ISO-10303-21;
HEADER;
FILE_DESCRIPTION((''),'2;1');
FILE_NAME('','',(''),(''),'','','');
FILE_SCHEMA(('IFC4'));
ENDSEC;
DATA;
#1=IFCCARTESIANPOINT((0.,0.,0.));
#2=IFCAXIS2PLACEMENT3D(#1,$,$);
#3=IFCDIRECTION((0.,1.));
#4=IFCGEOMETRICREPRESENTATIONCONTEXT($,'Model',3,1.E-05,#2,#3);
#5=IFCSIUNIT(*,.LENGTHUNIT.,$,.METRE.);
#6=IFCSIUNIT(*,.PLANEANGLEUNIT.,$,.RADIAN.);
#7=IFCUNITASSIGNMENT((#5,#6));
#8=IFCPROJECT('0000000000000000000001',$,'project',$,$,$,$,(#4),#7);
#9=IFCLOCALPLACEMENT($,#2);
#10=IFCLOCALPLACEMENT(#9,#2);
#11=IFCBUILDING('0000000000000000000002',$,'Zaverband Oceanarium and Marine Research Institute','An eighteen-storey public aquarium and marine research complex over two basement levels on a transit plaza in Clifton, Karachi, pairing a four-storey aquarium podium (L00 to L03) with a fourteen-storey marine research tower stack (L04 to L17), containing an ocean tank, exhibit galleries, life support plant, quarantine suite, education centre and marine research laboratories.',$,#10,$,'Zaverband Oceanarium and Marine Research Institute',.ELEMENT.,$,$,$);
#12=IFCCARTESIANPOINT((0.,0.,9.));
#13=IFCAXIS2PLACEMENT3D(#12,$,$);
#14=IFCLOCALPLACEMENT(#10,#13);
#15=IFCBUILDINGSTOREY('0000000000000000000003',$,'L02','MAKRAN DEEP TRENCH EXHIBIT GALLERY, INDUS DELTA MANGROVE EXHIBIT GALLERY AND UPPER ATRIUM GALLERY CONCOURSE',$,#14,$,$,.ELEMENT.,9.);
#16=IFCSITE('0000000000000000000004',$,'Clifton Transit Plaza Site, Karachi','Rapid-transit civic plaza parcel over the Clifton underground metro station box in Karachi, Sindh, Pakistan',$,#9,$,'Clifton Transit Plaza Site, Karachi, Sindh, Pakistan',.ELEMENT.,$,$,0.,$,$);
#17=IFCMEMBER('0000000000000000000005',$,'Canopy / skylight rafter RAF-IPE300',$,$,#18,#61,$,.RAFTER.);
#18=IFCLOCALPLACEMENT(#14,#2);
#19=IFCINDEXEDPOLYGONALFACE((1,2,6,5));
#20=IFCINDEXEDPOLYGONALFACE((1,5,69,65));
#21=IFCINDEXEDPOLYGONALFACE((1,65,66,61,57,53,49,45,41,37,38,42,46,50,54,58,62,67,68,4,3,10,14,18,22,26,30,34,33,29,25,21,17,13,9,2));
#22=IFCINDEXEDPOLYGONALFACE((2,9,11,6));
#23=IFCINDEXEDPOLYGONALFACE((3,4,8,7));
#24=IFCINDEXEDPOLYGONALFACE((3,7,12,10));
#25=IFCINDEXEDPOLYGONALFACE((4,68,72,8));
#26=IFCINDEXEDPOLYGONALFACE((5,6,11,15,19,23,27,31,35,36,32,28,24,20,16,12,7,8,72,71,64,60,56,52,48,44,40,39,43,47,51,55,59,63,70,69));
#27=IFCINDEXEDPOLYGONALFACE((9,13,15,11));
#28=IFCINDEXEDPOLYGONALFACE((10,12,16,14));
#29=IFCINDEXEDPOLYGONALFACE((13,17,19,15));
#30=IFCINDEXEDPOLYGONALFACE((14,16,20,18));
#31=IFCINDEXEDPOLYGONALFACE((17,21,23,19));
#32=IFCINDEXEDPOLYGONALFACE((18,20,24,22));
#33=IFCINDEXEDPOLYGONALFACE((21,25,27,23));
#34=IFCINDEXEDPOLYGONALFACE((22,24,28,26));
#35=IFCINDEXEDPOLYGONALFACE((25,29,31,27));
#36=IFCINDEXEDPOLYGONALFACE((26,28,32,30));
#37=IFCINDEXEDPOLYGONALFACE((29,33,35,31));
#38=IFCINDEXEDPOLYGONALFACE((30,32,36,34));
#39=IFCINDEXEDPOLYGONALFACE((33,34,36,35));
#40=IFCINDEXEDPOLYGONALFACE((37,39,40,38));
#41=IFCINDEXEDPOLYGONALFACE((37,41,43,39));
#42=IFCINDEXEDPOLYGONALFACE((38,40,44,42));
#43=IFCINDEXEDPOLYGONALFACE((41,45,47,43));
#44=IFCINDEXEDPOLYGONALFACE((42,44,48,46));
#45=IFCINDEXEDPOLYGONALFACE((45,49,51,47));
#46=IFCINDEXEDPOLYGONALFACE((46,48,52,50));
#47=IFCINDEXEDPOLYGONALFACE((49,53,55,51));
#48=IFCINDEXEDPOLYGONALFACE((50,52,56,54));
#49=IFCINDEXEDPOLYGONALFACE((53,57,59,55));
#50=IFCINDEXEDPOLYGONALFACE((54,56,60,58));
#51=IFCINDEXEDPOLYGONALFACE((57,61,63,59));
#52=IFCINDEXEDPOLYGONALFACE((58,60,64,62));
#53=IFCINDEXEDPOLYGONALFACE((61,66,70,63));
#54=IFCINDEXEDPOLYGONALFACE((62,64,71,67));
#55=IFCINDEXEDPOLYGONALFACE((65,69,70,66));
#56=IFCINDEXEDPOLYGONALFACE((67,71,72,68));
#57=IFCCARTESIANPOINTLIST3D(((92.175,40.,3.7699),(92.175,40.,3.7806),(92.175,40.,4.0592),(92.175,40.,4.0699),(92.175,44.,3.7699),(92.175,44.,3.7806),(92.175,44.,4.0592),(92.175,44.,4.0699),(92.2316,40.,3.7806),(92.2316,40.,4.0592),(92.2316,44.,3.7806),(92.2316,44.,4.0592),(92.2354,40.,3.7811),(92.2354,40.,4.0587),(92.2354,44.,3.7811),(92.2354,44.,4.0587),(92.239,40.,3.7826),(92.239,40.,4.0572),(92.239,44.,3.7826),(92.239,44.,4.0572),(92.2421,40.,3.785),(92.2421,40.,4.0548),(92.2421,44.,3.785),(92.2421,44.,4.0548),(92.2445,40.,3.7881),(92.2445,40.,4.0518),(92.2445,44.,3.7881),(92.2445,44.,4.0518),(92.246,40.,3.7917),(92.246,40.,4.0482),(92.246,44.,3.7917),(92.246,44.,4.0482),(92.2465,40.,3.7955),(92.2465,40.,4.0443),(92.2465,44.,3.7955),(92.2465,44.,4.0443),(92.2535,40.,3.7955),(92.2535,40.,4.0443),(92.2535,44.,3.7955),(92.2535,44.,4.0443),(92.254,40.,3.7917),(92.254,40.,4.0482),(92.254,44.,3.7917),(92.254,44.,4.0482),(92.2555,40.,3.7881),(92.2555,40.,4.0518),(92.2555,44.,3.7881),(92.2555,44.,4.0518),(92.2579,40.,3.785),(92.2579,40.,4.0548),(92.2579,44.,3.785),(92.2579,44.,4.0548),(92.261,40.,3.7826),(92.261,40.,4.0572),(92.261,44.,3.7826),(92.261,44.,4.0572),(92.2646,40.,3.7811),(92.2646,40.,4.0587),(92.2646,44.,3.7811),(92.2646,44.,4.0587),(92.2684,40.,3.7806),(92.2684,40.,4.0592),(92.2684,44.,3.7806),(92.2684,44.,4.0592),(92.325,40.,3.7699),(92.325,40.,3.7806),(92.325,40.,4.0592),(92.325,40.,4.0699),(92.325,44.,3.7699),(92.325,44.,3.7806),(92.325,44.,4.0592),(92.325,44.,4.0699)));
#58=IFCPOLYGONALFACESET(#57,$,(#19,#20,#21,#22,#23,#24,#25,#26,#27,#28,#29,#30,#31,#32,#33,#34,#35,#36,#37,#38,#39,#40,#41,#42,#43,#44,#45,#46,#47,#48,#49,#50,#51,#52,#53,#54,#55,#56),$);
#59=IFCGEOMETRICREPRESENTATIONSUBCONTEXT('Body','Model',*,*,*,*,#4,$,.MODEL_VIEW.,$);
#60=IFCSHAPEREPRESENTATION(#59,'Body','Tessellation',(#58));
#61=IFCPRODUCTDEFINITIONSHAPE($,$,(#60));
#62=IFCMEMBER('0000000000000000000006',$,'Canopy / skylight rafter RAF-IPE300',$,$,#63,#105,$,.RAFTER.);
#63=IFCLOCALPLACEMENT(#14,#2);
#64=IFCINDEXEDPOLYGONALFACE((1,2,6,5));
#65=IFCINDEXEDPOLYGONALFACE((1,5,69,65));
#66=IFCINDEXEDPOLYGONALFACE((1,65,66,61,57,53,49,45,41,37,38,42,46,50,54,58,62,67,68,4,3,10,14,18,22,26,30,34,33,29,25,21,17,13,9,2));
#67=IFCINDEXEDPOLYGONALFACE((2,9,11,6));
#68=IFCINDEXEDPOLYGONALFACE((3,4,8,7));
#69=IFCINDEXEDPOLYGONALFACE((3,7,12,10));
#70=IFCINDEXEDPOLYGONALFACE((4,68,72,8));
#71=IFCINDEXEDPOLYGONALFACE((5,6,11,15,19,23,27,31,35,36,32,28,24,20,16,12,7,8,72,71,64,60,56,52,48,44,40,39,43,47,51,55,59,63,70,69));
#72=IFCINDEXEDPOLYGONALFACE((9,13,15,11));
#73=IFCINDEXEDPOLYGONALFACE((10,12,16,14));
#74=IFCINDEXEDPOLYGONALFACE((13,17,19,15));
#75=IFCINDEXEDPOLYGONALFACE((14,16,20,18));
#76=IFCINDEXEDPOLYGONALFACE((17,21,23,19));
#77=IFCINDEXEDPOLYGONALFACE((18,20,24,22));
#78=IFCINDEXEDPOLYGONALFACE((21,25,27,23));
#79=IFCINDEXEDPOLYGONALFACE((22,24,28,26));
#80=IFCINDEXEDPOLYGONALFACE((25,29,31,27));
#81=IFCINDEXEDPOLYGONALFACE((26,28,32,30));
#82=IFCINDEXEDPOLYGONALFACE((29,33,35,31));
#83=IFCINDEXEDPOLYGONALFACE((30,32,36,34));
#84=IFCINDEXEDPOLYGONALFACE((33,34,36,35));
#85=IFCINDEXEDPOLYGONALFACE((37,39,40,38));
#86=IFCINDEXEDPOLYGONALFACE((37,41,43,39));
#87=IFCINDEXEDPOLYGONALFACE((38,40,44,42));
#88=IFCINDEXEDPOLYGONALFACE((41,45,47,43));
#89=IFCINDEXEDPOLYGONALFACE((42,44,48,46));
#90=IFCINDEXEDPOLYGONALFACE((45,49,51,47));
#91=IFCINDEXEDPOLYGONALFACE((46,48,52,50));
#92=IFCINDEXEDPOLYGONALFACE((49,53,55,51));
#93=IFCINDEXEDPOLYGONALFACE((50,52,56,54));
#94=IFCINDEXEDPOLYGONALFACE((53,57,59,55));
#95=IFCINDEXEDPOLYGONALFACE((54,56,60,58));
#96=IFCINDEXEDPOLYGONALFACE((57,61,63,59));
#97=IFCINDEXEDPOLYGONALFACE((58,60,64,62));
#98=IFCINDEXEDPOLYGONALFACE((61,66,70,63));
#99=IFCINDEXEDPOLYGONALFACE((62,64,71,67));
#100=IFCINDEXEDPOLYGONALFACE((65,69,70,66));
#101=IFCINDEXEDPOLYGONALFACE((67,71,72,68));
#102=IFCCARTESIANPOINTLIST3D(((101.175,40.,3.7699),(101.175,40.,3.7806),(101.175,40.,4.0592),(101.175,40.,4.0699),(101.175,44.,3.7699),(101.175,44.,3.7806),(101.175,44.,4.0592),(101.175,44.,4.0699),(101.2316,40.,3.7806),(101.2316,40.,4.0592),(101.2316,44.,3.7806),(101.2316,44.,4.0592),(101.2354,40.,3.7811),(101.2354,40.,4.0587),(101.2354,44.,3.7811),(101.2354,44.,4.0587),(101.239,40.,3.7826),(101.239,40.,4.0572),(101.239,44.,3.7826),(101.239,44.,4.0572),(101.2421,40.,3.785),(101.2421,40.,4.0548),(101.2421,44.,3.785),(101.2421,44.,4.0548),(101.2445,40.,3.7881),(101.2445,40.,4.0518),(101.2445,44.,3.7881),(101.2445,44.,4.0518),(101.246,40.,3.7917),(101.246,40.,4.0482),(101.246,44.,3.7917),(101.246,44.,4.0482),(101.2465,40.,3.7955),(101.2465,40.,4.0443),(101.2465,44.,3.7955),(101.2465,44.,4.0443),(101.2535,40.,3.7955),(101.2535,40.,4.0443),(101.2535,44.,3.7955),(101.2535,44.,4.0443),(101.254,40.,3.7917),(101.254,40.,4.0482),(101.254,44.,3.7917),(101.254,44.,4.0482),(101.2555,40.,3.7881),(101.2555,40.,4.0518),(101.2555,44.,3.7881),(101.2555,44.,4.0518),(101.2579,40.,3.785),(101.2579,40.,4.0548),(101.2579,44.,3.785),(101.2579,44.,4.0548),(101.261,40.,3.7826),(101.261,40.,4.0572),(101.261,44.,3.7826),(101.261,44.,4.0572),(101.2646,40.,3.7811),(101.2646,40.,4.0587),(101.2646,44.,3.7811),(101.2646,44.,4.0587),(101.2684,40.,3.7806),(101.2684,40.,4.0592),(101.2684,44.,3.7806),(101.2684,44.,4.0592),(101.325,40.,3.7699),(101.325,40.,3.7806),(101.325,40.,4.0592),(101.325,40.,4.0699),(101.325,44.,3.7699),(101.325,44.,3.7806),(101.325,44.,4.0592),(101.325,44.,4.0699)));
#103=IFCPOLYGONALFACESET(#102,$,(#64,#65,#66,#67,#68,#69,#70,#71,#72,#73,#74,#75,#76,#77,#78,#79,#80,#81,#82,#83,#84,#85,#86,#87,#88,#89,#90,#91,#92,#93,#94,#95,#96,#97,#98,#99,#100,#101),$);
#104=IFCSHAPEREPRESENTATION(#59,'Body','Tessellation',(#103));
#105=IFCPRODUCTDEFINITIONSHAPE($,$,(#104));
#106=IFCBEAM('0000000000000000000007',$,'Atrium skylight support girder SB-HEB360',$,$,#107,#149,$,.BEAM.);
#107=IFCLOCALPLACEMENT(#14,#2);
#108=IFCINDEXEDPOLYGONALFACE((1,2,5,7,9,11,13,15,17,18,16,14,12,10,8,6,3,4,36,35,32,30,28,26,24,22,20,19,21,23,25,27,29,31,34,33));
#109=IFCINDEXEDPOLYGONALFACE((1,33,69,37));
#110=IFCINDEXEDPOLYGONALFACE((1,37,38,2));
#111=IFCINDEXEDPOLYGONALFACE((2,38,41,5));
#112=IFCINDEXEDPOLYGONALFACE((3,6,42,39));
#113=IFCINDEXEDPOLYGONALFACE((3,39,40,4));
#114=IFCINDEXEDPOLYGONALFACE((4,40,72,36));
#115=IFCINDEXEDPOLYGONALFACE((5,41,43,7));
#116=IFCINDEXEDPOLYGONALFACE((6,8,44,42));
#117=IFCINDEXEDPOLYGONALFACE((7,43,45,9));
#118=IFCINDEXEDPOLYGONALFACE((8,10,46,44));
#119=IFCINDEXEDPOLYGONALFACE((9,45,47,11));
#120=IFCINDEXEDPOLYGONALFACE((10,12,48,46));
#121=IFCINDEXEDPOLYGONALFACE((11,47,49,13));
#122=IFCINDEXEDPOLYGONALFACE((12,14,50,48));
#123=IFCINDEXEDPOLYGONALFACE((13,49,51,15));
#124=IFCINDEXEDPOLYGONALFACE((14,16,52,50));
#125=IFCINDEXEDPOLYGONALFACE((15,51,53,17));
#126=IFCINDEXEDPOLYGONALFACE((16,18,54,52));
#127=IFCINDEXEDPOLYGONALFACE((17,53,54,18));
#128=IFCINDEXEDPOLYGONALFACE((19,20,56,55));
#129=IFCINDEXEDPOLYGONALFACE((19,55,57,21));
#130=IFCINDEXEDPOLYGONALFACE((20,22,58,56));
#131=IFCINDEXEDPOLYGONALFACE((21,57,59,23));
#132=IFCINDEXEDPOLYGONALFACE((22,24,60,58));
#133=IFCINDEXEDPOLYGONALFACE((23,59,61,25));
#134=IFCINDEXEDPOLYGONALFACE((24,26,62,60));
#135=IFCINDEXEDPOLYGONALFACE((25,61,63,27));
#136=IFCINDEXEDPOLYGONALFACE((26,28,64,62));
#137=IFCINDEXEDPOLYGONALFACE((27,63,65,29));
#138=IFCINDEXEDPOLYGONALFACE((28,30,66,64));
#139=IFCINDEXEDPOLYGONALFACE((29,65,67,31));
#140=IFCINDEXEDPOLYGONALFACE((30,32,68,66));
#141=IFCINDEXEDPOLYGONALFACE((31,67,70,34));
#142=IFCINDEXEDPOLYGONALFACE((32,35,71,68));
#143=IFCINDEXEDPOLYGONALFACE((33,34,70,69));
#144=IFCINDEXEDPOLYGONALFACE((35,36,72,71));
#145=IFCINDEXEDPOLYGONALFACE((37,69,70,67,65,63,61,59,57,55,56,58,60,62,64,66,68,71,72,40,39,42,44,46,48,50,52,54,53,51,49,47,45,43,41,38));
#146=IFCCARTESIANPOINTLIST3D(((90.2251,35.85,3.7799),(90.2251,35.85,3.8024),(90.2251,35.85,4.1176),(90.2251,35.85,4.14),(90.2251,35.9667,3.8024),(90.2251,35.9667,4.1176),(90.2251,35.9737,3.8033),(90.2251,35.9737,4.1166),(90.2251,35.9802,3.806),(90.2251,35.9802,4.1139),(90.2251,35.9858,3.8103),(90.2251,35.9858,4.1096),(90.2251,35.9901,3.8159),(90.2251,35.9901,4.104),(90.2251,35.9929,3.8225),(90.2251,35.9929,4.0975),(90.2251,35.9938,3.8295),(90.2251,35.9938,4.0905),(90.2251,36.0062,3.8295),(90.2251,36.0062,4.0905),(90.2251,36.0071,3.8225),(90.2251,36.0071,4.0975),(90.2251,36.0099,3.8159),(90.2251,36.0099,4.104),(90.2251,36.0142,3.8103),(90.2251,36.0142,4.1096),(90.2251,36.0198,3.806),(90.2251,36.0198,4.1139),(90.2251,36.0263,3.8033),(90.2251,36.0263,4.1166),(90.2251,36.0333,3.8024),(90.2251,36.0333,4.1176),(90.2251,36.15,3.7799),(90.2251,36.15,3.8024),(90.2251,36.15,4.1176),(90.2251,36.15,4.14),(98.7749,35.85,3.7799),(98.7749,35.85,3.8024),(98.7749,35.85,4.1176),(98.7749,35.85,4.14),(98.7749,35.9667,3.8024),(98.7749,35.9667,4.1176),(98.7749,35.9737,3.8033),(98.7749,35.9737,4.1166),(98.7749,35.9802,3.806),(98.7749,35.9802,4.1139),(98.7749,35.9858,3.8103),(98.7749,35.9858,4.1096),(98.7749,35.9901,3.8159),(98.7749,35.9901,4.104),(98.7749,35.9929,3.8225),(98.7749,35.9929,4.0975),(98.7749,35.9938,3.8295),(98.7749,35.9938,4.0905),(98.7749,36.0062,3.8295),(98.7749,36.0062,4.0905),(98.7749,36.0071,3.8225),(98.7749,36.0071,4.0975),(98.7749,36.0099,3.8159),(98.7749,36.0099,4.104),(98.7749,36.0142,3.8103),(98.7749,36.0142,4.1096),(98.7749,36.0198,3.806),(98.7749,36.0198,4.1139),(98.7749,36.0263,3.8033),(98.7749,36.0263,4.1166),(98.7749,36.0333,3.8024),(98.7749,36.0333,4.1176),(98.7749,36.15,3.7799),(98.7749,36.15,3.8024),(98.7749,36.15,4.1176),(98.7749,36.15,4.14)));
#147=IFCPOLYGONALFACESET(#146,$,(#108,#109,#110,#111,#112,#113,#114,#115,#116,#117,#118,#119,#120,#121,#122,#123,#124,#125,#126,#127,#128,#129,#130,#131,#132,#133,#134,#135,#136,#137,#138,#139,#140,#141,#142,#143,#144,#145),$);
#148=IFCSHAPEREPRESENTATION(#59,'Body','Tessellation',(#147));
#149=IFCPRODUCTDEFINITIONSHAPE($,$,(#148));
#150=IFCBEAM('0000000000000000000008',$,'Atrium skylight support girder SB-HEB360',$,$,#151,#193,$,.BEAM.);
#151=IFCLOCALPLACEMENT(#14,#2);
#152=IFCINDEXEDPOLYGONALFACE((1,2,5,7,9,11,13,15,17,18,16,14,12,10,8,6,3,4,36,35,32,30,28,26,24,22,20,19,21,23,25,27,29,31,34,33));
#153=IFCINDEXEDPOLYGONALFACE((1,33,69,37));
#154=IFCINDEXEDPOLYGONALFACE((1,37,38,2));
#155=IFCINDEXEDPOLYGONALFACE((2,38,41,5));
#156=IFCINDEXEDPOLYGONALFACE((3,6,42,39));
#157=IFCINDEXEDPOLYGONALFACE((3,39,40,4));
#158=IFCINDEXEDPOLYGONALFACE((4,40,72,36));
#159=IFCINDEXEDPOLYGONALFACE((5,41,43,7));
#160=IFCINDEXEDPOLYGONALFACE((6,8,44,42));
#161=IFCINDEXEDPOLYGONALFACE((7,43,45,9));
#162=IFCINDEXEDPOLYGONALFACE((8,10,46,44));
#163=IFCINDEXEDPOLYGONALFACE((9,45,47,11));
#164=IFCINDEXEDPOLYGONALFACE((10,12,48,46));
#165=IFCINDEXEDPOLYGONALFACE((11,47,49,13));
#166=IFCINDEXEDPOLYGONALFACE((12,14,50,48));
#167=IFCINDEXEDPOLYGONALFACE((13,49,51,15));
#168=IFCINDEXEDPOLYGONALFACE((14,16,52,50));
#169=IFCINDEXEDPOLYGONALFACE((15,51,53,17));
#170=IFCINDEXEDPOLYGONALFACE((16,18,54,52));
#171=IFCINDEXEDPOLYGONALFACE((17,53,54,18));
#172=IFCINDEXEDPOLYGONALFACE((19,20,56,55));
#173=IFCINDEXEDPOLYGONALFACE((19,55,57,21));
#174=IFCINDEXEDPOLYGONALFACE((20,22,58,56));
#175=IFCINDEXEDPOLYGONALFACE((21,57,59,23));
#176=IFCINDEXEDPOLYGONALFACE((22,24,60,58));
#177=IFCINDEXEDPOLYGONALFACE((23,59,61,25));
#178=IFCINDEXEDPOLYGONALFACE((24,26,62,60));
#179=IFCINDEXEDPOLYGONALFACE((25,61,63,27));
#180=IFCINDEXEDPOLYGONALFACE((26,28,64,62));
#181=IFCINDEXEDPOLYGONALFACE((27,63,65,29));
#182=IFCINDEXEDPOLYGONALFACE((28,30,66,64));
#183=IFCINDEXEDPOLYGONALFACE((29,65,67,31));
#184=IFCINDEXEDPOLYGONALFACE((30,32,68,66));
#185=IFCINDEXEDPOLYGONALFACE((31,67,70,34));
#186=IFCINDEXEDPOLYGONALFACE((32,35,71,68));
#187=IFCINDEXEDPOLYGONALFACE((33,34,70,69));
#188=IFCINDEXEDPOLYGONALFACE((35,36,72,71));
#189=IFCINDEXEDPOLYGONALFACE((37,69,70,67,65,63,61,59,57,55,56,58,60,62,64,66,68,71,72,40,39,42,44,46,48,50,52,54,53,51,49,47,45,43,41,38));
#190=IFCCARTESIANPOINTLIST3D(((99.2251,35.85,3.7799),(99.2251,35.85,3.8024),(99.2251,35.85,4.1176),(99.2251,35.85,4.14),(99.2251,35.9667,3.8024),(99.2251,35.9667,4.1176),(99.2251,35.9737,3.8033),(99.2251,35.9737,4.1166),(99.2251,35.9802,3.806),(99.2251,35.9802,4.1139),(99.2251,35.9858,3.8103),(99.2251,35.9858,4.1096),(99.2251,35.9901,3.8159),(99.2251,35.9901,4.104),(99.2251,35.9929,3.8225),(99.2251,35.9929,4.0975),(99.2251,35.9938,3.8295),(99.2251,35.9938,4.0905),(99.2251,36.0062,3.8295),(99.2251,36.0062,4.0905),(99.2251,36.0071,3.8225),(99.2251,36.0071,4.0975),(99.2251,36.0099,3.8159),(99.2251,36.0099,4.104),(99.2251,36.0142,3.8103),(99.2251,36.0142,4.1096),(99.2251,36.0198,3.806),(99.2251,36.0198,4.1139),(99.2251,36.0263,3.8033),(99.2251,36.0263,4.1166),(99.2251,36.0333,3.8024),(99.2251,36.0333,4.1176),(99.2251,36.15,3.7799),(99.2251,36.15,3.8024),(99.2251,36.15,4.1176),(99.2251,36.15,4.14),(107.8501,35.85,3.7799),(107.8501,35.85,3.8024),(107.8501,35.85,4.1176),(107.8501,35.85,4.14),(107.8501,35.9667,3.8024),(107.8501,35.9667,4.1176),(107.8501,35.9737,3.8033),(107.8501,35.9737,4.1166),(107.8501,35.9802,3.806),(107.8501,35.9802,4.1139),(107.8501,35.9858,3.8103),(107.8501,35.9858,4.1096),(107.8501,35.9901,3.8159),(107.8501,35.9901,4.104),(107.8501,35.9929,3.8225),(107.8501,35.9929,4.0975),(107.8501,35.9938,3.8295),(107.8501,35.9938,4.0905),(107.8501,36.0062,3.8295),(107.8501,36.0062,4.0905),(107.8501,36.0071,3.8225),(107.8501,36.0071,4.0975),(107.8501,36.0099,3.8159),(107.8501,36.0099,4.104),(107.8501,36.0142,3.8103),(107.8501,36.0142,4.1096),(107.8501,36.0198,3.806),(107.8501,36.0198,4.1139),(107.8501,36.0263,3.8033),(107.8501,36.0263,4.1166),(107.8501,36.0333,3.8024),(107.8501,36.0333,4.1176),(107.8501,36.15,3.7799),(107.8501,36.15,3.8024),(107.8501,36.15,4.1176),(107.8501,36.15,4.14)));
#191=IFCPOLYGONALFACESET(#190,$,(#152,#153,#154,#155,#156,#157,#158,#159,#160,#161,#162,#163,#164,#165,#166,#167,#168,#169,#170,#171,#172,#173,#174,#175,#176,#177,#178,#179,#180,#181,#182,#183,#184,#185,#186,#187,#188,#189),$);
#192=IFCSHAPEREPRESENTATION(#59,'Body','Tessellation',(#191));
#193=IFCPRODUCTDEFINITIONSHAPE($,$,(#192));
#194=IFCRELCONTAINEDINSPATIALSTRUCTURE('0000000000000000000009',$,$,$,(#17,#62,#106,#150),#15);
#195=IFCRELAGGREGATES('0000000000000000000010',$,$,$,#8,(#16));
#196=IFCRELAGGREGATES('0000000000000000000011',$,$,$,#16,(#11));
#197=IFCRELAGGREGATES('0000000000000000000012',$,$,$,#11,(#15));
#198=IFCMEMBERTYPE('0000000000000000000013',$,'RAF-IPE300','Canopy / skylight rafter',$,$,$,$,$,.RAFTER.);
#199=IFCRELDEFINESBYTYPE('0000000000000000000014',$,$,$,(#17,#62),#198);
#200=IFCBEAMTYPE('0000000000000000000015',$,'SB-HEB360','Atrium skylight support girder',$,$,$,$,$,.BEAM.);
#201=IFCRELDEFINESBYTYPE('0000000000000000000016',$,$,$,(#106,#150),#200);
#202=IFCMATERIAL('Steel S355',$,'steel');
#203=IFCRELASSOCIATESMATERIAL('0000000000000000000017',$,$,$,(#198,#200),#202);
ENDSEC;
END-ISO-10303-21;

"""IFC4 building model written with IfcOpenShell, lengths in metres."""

from ifc_helpers import new_model, si_unit, direction, frame, origin, origin_2d, place, context, subcontext, project, spatial, i_section, extrude, material, material_profile, profile_set, type_object, element, save


model = new_model("IFC4")

# Units and contexts
model_context = context("Model", 3, precision=1e-05, world=origin(), true_north=direction((0.0, 1.0)))
body_context = subcontext(model_context, "Body", "Model", "MODEL_VIEW")
ifc_project = project(units=[si_unit("LENGTHUNIT", "METRE"), si_unit("PLANEANGLEUNIT", "RADIAN")], contexts=[model_context])

# Site, building, storey
site_placement = place(None, origin())
site = spatial("IfcSite", under=ifc_project, at=site_placement, Name="Clifton Transit Plaza Site, Karachi", Description="Rapid-transit civic plaza parcel over the Clifton underground metro station box in Karachi, Sindh, Pakistan", LongName="Clifton Transit Plaza Site, Karachi, Sindh, Pakistan", CompositionType="ELEMENT", RefElevation=0.0)
building_placement = place(site_placement, origin())
building = spatial("IfcBuilding", under=site, at=building_placement, Name="Zaverband Oceanarium and Marine Research Institute", Description="An eighteen-storey public aquarium and marine research complex over two basement levels on a transit plaza in Clifton, Karachi, pairing a four-storey aquarium podium (L00 to L03) with a fourteen-storey marine research tower stack (L04 to L17), containing an ocean tank, exhibit galleries, life support plant, quarantine suite, education centre and marine research laboratories.", LongName="Zaverband Oceanarium and Marine Research Institute", CompositionType="ELEMENT")
storey_placement = place(building_placement, frame((0.0, 0.0, 9.0)))
storey = spatial("IfcBuildingStorey", under=building, at=storey_placement, Name="L02", Description="MAKRAN DEEP TRENCH EXHIBIT GALLERY, INDUS DELTA MANGROVE EXHIBIT GALLERY AND UPPER ATRIUM GALLERY CONCOURSE", CompositionType="ELEMENT", Elevation=9.0)

# Members
ifc_material_1 = material(Name="Steel S355", Category="steel")
ifc_material_profile_1 = material_profile(ifc_material_1, i_section(OverallWidth=0.1499, OverallDepth=0.3, WebThickness=0.0071, FlangeThickness=0.0107, FilletRadius=0.0149, at=origin_2d()), Name="IPE300")
ifc_profile_set_1 = profile_set([ifc_material_profile_1], Name="Steel S355")
member_type_1 = type_object("IfcMemberType", Name="RAF-IPE300", Description="Canopy / skylight rafter", PredefinedType="RAFTER", material=ifc_profile_set_1)
for number, where, z_axis, x_axis, name in (
    (1, (92.25, 40.0, 3.9199), (0.0, 1.0, 0.0), (-1.0, 0.0, 0.0), "Canopy / skylight rafter RAF-IPE300"),
    (2, (101.25, 40.0, 3.9199), (0.0, 1.0, 0.0), (-1.0, 0.0, 0.0), "Canopy / skylight rafter RAF-IPE300"),
):
    element("IfcMember", number, at=place(storey_placement, frame(where, z_axis=z_axis, x_axis=x_axis)), inside=storey, type_object=member_type_1, Name=name, PredefinedType="RAFTER", context=body_context, shape_type="SweptSolid", body=[
        extrude(i_section(OverallWidth=0.1499, OverallDepth=0.3, WebThickness=0.0071, FlangeThickness=0.0107, FilletRadius=0.0149, at=origin_2d()), origin(), (0.0, 0.0, 1.0), 4.0),
    ])

# Beams
ifc_material_profile_2 = material_profile(ifc_material_1, i_section(OverallWidth=0.3, OverallDepth=0.3601, WebThickness=0.0125, FlangeThickness=0.0225, FilletRadius=0.0271, at=origin_2d()), Name="HEB360")
ifc_profile_set_2 = profile_set([ifc_material_profile_2], Name="Steel S355")
beam_type_1 = type_object("IfcBeamType", Name="SB-HEB360", Description="Atrium skylight support girder", PredefinedType="BEAM", material=ifc_profile_set_2)
beam_1_placement = place(storey_placement, frame((90.2251, 36.0, 3.96), z_axis=(1.0, 0.0, 0.0), x_axis=(0.0, 1.0, 0.0)))
element("IfcBeam", 3, at=beam_1_placement, inside=storey, type_object=beam_type_1, Name="Atrium skylight support girder SB-HEB360", PredefinedType="BEAM", context=body_context, shape_type="SweptSolid", body=[
    extrude(i_section(OverallWidth=0.3, OverallDepth=0.3601, WebThickness=0.0125, FlangeThickness=0.0225, FilletRadius=0.0271, at=origin_2d()), origin(), (0.0, 0.0, 1.0), 8.5498),
])
beam_2_placement = place(storey_placement, frame((99.2251, 36.0, 3.96), z_axis=(1.0, 0.0, 0.0), x_axis=(0.0, 1.0, 0.0)))
element("IfcBeam", 4, at=beam_2_placement, inside=storey, type_object=beam_type_1, Name="Atrium skylight support girder SB-HEB360", PredefinedType="BEAM", context=body_context, shape_type="SweptSolid", body=[
    extrude(i_section(OverallWidth=0.3, OverallDepth=0.3601, WebThickness=0.0125, FlangeThickness=0.0225, FilletRadius=0.0271, at=origin_2d()), origin(), (0.0, 0.0, 1.0), 8.625),
])

save(model, "model.ifc")
